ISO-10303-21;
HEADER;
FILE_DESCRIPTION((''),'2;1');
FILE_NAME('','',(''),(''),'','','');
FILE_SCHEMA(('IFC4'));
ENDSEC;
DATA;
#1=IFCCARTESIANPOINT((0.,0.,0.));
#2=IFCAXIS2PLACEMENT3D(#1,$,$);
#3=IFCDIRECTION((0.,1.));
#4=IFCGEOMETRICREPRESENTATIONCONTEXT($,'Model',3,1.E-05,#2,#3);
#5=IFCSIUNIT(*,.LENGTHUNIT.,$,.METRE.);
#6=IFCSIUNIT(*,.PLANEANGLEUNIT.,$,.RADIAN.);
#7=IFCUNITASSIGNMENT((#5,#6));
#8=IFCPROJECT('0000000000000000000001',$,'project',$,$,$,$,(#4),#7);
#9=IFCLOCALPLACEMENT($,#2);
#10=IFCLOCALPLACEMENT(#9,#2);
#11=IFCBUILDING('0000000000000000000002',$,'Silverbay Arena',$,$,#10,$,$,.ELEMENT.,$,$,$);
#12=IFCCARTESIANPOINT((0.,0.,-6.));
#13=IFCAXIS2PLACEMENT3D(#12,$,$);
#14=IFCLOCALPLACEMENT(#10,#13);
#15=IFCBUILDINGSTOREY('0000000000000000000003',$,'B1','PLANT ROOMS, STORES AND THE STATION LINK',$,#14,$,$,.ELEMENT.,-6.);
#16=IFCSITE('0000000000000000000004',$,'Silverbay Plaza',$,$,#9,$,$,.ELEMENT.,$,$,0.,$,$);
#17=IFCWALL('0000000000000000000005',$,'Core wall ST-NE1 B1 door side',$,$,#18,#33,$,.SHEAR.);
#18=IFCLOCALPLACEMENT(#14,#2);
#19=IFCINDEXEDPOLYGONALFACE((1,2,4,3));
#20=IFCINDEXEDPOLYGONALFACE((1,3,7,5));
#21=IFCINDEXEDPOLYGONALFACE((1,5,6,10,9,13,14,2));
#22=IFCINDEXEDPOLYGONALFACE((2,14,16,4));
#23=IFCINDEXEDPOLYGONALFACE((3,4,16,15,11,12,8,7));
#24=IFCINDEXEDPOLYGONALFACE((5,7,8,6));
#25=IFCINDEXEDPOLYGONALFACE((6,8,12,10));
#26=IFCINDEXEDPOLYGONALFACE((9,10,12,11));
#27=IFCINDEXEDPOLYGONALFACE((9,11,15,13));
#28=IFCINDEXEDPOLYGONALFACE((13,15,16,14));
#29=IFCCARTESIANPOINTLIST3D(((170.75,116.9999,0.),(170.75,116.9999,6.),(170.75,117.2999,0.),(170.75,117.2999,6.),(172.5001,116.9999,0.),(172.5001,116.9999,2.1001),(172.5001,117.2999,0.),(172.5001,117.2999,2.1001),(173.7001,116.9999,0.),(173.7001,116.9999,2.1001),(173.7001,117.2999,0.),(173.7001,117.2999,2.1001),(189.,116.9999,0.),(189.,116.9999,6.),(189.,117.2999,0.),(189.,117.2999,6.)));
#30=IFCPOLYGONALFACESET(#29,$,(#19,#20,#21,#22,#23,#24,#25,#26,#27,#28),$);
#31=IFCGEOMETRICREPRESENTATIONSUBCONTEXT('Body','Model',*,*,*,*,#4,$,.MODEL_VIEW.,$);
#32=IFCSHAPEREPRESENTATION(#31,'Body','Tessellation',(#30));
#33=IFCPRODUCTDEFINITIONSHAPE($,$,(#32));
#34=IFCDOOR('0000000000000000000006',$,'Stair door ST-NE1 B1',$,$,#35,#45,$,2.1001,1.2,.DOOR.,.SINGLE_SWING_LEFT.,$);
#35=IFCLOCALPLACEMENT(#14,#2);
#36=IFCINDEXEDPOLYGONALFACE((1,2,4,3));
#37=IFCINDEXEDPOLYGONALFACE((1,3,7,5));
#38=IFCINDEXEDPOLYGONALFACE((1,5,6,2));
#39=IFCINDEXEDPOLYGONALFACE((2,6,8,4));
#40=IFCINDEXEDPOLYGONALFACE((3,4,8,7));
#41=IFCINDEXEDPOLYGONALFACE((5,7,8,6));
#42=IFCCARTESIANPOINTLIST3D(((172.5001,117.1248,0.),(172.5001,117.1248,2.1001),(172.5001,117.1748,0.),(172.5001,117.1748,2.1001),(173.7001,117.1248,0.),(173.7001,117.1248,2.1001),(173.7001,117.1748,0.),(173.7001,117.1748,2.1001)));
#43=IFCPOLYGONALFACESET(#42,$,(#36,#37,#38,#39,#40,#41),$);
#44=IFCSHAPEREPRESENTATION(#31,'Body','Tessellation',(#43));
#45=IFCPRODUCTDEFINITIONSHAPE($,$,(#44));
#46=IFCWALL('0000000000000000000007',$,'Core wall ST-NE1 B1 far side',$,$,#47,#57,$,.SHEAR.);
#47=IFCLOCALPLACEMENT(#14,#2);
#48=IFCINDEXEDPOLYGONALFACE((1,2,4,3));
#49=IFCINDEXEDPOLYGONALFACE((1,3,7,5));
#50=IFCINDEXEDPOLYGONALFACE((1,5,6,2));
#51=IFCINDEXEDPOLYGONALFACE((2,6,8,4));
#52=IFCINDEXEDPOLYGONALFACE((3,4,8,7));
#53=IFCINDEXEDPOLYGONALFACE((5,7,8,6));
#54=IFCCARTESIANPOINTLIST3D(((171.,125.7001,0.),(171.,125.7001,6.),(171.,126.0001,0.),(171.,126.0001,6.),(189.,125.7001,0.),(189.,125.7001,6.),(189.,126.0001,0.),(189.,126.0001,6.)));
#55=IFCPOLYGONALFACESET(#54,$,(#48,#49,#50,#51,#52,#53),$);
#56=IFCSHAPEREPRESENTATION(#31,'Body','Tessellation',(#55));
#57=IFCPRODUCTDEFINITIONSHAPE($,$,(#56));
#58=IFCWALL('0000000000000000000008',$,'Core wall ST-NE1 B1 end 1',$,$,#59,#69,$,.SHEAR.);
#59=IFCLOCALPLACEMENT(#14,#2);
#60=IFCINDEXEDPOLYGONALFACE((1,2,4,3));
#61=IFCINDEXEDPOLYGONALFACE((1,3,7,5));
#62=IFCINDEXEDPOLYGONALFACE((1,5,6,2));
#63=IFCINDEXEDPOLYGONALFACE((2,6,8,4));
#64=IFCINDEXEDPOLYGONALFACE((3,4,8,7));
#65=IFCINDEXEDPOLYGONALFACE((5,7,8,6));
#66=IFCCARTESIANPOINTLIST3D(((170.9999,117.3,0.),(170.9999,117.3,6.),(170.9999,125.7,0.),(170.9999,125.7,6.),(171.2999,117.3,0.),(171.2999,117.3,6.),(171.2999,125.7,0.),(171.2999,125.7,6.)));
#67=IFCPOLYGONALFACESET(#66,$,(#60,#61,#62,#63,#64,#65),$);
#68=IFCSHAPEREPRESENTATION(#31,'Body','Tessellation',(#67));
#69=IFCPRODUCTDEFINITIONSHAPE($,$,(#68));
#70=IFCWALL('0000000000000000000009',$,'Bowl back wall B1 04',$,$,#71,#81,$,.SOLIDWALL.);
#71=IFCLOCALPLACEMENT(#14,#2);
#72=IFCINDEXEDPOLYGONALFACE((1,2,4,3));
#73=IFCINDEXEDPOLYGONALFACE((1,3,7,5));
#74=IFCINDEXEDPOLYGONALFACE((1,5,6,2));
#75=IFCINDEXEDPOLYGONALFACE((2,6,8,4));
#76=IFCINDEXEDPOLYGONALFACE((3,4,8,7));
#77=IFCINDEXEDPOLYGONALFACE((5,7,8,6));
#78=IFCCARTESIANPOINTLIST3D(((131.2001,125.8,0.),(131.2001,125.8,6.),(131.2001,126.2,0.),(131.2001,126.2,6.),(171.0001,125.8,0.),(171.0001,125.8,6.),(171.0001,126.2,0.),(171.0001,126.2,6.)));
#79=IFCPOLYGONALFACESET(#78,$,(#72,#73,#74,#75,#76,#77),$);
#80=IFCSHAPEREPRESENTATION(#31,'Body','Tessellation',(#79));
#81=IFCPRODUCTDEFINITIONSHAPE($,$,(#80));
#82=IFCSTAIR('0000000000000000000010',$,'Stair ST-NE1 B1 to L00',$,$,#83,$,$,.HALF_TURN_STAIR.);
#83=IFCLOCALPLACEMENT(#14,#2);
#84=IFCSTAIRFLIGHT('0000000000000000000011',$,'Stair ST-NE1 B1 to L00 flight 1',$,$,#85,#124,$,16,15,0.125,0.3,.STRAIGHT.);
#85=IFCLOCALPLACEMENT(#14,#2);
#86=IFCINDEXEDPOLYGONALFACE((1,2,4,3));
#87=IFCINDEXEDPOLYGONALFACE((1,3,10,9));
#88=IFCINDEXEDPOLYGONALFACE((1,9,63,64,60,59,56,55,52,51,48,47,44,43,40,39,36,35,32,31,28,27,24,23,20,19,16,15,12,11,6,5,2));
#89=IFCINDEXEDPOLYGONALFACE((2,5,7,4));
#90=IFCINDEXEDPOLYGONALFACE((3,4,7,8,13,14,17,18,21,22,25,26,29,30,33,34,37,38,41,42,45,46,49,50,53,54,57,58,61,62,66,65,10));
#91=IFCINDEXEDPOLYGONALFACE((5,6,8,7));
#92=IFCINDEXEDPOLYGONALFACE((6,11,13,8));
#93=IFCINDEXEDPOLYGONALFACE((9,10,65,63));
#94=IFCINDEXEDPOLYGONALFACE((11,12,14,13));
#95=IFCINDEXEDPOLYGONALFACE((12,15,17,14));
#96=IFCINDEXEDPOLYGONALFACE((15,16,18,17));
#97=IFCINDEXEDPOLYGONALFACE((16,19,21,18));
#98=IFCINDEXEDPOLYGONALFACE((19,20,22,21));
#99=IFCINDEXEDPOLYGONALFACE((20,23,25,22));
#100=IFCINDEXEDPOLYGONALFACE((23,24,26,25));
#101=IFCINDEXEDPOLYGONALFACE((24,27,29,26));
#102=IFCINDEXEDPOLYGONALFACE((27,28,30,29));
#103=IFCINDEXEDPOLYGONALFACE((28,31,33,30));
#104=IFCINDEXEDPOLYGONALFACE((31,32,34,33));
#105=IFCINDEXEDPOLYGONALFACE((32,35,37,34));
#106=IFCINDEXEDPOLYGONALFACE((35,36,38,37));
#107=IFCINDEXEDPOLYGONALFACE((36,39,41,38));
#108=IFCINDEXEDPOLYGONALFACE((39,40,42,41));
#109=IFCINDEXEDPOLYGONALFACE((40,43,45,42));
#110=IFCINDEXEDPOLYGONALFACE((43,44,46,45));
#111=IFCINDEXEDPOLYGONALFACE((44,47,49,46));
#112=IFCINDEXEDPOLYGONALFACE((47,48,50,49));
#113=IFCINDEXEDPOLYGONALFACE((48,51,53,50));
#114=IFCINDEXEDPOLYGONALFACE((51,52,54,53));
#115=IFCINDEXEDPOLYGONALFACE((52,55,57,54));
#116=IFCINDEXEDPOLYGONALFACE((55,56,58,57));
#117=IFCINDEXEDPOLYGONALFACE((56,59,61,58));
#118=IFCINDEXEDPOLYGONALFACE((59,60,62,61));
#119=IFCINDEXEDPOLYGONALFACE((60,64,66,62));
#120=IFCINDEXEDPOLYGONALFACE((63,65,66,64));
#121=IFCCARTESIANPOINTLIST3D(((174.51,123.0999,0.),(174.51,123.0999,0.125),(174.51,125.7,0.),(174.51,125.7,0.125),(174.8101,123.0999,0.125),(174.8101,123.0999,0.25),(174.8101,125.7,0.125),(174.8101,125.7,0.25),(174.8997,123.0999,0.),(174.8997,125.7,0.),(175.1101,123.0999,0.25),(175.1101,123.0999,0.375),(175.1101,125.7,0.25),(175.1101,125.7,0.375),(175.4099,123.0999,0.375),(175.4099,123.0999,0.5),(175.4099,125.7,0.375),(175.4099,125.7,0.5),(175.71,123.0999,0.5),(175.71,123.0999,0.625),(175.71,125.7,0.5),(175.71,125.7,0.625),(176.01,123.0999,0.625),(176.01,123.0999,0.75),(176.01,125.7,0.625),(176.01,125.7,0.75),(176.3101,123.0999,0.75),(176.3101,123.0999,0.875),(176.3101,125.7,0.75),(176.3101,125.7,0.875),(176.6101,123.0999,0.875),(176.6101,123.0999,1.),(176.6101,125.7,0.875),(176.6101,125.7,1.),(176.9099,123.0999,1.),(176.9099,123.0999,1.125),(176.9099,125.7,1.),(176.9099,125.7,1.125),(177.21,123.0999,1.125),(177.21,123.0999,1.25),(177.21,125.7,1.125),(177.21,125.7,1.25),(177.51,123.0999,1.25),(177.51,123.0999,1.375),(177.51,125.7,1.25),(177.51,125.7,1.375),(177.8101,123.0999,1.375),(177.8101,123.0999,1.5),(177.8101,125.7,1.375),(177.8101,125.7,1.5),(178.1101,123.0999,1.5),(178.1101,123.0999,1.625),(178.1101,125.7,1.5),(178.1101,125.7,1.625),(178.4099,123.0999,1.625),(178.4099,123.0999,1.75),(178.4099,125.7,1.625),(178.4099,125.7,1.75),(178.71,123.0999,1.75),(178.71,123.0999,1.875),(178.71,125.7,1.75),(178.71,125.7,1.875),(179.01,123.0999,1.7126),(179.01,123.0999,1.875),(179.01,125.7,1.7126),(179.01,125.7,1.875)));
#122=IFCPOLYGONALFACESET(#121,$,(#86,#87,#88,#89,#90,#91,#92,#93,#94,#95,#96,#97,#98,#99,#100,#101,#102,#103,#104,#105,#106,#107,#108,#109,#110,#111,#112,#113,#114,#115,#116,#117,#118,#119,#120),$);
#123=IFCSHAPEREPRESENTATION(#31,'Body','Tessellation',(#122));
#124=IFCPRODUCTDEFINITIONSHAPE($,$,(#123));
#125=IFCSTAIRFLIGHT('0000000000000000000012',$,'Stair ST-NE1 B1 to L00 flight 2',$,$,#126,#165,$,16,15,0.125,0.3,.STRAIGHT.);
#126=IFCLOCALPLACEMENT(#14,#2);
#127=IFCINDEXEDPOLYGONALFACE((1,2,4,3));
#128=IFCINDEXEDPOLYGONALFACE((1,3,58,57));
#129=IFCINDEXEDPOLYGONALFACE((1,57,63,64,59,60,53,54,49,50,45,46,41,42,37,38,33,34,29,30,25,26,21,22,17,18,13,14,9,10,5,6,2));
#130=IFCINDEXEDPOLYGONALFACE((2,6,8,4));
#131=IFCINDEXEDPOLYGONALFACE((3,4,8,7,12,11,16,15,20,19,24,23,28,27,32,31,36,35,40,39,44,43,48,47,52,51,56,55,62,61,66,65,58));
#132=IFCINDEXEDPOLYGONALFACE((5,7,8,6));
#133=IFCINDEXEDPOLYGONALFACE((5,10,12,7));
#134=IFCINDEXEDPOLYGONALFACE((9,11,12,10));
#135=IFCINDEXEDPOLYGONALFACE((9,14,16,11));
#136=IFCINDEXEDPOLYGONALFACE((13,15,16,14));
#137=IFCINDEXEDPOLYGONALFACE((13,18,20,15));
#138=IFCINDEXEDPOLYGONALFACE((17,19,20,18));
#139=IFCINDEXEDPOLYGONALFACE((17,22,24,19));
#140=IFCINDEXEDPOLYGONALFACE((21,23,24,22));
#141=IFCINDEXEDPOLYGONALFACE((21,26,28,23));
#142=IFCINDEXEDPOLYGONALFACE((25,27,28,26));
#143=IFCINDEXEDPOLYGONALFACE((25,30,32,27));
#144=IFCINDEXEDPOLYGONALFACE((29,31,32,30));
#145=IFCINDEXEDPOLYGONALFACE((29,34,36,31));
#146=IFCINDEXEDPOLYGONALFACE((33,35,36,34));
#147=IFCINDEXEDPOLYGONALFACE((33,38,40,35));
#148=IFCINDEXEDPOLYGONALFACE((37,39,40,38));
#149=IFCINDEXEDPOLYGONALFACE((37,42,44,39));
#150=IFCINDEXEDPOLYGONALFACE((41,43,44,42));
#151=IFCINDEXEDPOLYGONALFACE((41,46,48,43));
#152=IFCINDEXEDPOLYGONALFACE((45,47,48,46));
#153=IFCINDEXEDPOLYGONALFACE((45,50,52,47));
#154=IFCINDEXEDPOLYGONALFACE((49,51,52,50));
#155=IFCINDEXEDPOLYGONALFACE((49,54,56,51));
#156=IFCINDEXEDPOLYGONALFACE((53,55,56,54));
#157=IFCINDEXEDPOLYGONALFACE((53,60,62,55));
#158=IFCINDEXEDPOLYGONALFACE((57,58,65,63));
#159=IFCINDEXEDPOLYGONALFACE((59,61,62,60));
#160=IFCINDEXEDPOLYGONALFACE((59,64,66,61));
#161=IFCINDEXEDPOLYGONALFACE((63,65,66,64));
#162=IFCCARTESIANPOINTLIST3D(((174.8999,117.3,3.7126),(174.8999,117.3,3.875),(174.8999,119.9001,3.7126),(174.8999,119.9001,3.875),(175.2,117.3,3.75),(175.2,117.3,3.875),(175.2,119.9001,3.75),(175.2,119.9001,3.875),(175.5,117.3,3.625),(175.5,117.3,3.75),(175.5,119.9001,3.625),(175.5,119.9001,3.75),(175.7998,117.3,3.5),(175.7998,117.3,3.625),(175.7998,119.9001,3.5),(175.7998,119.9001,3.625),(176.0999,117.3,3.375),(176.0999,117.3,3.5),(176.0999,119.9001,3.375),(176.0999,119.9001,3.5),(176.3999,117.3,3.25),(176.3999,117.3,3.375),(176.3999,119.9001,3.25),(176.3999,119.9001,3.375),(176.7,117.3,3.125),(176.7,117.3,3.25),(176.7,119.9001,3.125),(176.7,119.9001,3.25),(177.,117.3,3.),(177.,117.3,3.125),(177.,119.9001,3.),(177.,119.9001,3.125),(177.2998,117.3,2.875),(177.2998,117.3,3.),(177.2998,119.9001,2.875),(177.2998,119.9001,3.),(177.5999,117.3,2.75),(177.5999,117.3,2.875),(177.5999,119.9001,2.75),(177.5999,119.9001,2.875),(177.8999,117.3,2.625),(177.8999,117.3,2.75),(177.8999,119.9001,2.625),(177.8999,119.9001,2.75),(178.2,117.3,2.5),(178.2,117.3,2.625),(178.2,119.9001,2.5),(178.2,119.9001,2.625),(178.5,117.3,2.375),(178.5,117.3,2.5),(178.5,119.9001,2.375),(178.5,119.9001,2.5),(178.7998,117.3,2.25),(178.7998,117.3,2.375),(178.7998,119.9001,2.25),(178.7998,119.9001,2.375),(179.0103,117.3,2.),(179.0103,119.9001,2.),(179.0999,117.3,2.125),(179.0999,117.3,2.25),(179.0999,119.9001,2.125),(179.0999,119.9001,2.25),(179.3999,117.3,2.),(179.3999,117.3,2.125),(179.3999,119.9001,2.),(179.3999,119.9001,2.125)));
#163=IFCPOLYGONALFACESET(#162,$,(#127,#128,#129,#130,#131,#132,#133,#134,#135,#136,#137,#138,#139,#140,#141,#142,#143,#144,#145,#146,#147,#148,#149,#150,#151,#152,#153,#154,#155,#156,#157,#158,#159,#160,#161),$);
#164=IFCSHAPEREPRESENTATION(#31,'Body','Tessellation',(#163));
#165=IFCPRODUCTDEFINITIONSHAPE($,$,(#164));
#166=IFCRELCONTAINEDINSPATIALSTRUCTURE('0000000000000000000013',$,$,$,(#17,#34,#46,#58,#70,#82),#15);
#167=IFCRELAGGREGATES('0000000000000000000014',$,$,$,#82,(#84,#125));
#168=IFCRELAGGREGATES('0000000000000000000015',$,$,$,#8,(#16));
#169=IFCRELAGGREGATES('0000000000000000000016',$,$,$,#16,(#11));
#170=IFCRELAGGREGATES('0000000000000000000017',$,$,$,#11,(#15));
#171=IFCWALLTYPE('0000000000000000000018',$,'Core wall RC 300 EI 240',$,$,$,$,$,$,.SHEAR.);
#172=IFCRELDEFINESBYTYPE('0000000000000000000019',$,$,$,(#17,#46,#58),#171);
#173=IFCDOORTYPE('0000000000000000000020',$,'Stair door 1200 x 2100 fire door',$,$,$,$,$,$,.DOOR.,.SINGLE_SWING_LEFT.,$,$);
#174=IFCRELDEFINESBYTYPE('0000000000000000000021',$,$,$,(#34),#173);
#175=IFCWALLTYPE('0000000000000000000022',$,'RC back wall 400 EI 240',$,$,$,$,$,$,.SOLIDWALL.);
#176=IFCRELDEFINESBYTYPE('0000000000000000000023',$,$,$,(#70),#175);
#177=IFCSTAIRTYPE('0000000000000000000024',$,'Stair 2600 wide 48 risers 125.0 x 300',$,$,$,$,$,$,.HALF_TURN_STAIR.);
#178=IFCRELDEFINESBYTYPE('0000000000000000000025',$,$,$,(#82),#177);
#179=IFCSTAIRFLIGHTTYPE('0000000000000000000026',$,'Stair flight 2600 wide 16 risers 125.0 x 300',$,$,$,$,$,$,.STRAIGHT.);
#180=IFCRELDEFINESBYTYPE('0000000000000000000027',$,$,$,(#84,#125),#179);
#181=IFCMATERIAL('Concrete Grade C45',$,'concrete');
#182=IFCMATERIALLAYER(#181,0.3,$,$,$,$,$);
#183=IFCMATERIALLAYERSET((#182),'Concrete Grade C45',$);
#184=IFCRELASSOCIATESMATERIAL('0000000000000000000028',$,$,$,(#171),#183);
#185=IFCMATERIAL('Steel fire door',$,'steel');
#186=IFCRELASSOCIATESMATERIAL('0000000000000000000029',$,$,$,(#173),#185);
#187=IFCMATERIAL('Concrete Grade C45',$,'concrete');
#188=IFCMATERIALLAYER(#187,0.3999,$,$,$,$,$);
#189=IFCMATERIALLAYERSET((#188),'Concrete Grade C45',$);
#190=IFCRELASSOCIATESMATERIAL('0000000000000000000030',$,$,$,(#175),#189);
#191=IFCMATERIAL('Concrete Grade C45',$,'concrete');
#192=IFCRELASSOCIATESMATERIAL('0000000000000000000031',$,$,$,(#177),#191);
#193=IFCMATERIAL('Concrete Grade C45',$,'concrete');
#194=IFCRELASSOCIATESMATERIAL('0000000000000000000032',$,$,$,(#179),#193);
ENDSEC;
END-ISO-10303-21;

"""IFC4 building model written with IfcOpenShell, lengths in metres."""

from ifc_helpers import new_model, si_unit, direction, frame, frame_2d, origin, place, context, subcontext, project, spatial, polyline, rectangle, outline, extrude, material, layer, layer_set, type_object, element, fill, aggregate, save


model = new_model("IFC4")

# Units and contexts
model_context = context("Model", 3, precision=1e-05, world=origin(), true_north=direction((0.0, 1.0)))
body_context = subcontext(model_context, "Body", "Model", "MODEL_VIEW")
ifc_project = project(units=[si_unit("LENGTHUNIT", "METRE"), si_unit("PLANEANGLEUNIT", "RADIAN")], contexts=[model_context])

# Site, building, storey
site_placement = place(None, origin())
site = spatial("IfcSite", under=ifc_project, at=site_placement, Name="Silverbay Plaza", CompositionType="ELEMENT", RefElevation=0.0)
building_placement = place(site_placement, origin())
building = spatial("IfcBuilding", under=site, at=building_placement, Name="Silverbay Arena", CompositionType="ELEMENT")
storey_placement = place(building_placement, frame((0.0, 0.0, -6.0)))
storey = spatial("IfcBuildingStorey", under=building, at=storey_placement, Name="B1", Description="PLANT ROOMS, STORES AND THE STATION LINK", CompositionType="ELEMENT", Elevation=-6.0)

# Shared definitions
ifc_material_1 = material(Name="Concrete Grade C45", Category="concrete")
ifc_layer_1 = layer(ifc_material_1, 0.3)
ifc_layer_set_1 = layer_set([ifc_layer_1], Name="Concrete Grade C45")
wall_type_1 = type_object("IfcWallType", Name="Core wall RC 300 EI 240", PredefinedType="SHEAR", material=ifc_layer_set_1)

# Wall, opening, door
wall_1_placement = place(storey_placement, frame((170.75, 117.1499, 0.0), z_axis=(0.0, 0.0, 1.0), x_axis=(1.0, 0.0, 0.0)))
wall_1 = element("IfcWall", 1, at=wall_1_placement, inside=storey, type_object=wall_type_1, Name="Core wall ST-NE1 B1 door side", PredefinedType="SHEAR", context=body_context, shape_type="SweptSolid", body=[
    extrude(rectangle(XDim=18.25, YDim=0.3, at=frame_2d((9.125, 0.0))), origin(), (0.0, 0.0, 1.0), 6.0),
])
opening_placement = place(wall_1_placement, frame((1.75, 0.0, 0.0)))
opening = element("IfcOpeningElement", 2, at=opening_placement, cuts=wall_1, PredefinedType="OPENING", context=body_context, shape_type="SweptSolid", body=[
    extrude(rectangle(XDim=1.2, YDim=2.1001, at=frame_2d((0.6001, 1.05))), frame((0.0, 0.1602, 0.0), z_axis=(0.0, -1.0, 0.0), x_axis=(1.0, 0.0, 0.0)), (0.0, 0.0, 1.0), 0.3201),
])
ifc_material_2 = material(Name="Steel fire door", Category="steel")
door_type = type_object("IfcDoorType", Name="Stair door 1200 x 2100 fire door", OperationType="SINGLE_SWING_LEFT", PredefinedType="DOOR", material=ifc_material_2)
door_placement = place(opening_placement, origin())
door = element("IfcDoor", 3, at=door_placement, inside=storey, type_object=door_type, Name="Stair door ST-NE1 B1", OperationType="SINGLE_SWING_LEFT", OverallHeight=2.1001, OverallWidth=1.2, PredefinedType="DOOR", context=body_context, shape_type="SweptSolid", body=[
    extrude(rectangle(XDim=1.2, YDim=2.1001, at=frame_2d((0.6001, 1.05))), frame((0.0, 0.0249, 0.0), z_axis=(0.0, -1.0, 0.0), x_axis=(1.0, 0.0, 0.0)), (0.0, 0.0, 1.0), 0.05),
])
fill(opening, door)

# Walls
wall_2_placement = place(storey_placement, frame((171.0, 125.8501, 0.0), z_axis=(0.0, 0.0, 1.0), x_axis=(1.0, 0.0, 0.0)))
element("IfcWall", 4, at=wall_2_placement, inside=storey, type_object=wall_type_1, Name="Core wall ST-NE1 B1 far side", PredefinedType="SHEAR", context=body_context, shape_type="SweptSolid", body=[
    extrude(rectangle(XDim=18.0, YDim=0.3, at=frame_2d((9.0, 0.0))), origin(), (0.0, 0.0, 1.0), 6.0),
])
wall_3_placement = place(storey_placement, frame((171.1499, 117.3, 0.0), z_axis=(0.0, 0.0, 1.0), x_axis=(0.0, 1.0, 0.0)))
element("IfcWall", 5, at=wall_3_placement, inside=storey, type_object=wall_type_1, Name="Core wall ST-NE1 B1 end 1", PredefinedType="SHEAR", context=body_context, shape_type="SweptSolid", body=[
    extrude(rectangle(XDim=8.3999, YDim=0.3, at=frame_2d((4.2, 0.0))), origin(), (0.0, 0.0, 1.0), 6.0),
])
ifc_material_3 = material(Name="Concrete Grade C45", Category="concrete")
ifc_layer_2 = layer(ifc_material_3, 0.3999)
ifc_layer_set_2 = layer_set([ifc_layer_2], Name="Concrete Grade C45")
wall_type_2 = type_object("IfcWallType", Name="RC back wall 400 EI 240", PredefinedType="SOLIDWALL", material=ifc_layer_set_2)
wall_4_placement = place(storey_placement, frame((171.0, 126.0, 0.0), z_axis=(0.0, 0.0, 1.0), x_axis=(-1.0, 0.0, 0.0)))
element("IfcWall", 6, at=wall_4_placement, inside=storey, type_object=wall_type_2, Name="Bowl back wall B1 04", PredefinedType="SOLIDWALL", context=body_context, shape_type="SweptSolid", body=[
    extrude(rectangle(XDim=39.8, YDim=0.3999, at=frame_2d((19.8999, 0.0))), origin(), (0.0, 0.0, 1.0), 6.0),
])

# Stair, stair flights
ifc_material_4 = material(Name="Concrete Grade C45", Category="concrete")
stair_type = type_object("IfcStairType", Name="Stair 2600 wide 48 risers 125.0 x 300", PredefinedType="HALF_TURN_STAIR", material=ifc_material_4)
stair_placement = place(storey_placement, origin())
stair = element("IfcStair", 7, at=stair_placement, inside=storey, type_object=stair_type, Name="Stair ST-NE1 B1 to L00", PredefinedType="HALF_TURN_STAIR")
ifc_material_5 = material(Name="Concrete Grade C45", Category="concrete")
stair_flight_type = type_object("IfcStairFlightType", Name="Stair flight 2600 wide 16 risers 125.0 x 300", PredefinedType="STRAIGHT", material=ifc_material_5)
stair_flight_1_placement = place(storey_placement, frame((174.51, 124.3999, 0.0), z_axis=(0.0, 0.0, 1.0), x_axis=(1.0, 0.0, 0.0)))
stair_flight_1 = element("IfcStairFlight", 8, at=stair_flight_1_placement, type_object=stair_flight_type, Name="Stair ST-NE1 B1 to L00 flight 1", NumberOfRisers=16, NumberOfTreads=15, PredefinedType="STRAIGHT", RiserHeight=0.125, TreadLength=0.3, context=body_context, shape_type="SweptSolid", body=[
    extrude(outline(polyline([(0.0, 0.0), (0.0, 0.125), (0.3, 0.125), (0.3, 0.25), (0.6001, 0.25), (0.6001, 0.375), (0.8999, 0.375), (0.8999, 0.5), (1.2, 0.5), (1.2, 0.625), (1.5, 0.625), (1.5, 0.75), (1.8, 0.75), (1.8, 0.875), (2.1001, 0.875), (2.1001, 1.0), (2.3999, 1.0), (2.3999, 1.125), (2.7, 1.125), (2.7, 1.25), (3.0, 1.25), (3.0, 1.375), (3.3, 1.375), (3.3, 1.5), (3.6001, 1.5), (3.6001, 1.625), (3.8999, 1.625), (3.8999, 1.75), (4.2, 1.75), (4.2, 1.875), (4.5, 1.875), (4.5, 1.7126), (0.3896, 0.0), (0.0, 0.0)])), frame((0.0, 1.3, 0.0), z_axis=(0.0, -1.0, 0.0), x_axis=(1.0, 0.0, 0.0)), (0.0, 0.0, 1.0), 2.6001),
])
stair_flight_2_placement = place(storey_placement, frame((179.3999, 118.6001, 2.0), z_axis=(0.0, 0.0, 1.0), x_axis=(-1.0, 0.0, 0.0)))
stair_flight_2 = element("IfcStairFlight", 9, at=stair_flight_2_placement, type_object=stair_flight_type, Name="Stair ST-NE1 B1 to L00 flight 2", NumberOfRisers=16, NumberOfTreads=15, PredefinedType="STRAIGHT", RiserHeight=0.125, TreadLength=0.3, context=body_context, shape_type="SweptSolid", body=[
    extrude(outline(polyline([(0.0, 0.0), (0.0, 0.125), (0.3, 0.125), (0.3, 0.25), (0.6001, 0.25), (0.6001, 0.375), (0.8999, 0.375), (0.8999, 0.5), (1.2, 0.5), (1.2, 0.625), (1.5, 0.625), (1.5, 0.75), (1.8, 0.75), (1.8, 0.875), (2.1001, 0.875), (2.1001, 1.0), (2.3999, 1.0), (2.3999, 1.125), (2.7, 1.125), (2.7, 1.25), (3.0, 1.25), (3.0, 1.375), (3.3, 1.375), (3.3, 1.5), (3.6001, 1.5), (3.6001, 1.625), (3.8999, 1.625), (3.8999, 1.75), (4.2, 1.75), (4.2, 1.875), (4.5, 1.875), (4.5, 1.7126), (0.3896, 0.0), (0.0, 0.0)])), frame((0.0, 1.3, 0.0), z_axis=(0.0, -1.0, 0.0), x_axis=(1.0, 0.0, 0.0)), (0.0, 0.0, 1.0), 2.6001),
])
aggregate(stair, [stair_flight_1, stair_flight_2])

save(model, "model.ifc")
